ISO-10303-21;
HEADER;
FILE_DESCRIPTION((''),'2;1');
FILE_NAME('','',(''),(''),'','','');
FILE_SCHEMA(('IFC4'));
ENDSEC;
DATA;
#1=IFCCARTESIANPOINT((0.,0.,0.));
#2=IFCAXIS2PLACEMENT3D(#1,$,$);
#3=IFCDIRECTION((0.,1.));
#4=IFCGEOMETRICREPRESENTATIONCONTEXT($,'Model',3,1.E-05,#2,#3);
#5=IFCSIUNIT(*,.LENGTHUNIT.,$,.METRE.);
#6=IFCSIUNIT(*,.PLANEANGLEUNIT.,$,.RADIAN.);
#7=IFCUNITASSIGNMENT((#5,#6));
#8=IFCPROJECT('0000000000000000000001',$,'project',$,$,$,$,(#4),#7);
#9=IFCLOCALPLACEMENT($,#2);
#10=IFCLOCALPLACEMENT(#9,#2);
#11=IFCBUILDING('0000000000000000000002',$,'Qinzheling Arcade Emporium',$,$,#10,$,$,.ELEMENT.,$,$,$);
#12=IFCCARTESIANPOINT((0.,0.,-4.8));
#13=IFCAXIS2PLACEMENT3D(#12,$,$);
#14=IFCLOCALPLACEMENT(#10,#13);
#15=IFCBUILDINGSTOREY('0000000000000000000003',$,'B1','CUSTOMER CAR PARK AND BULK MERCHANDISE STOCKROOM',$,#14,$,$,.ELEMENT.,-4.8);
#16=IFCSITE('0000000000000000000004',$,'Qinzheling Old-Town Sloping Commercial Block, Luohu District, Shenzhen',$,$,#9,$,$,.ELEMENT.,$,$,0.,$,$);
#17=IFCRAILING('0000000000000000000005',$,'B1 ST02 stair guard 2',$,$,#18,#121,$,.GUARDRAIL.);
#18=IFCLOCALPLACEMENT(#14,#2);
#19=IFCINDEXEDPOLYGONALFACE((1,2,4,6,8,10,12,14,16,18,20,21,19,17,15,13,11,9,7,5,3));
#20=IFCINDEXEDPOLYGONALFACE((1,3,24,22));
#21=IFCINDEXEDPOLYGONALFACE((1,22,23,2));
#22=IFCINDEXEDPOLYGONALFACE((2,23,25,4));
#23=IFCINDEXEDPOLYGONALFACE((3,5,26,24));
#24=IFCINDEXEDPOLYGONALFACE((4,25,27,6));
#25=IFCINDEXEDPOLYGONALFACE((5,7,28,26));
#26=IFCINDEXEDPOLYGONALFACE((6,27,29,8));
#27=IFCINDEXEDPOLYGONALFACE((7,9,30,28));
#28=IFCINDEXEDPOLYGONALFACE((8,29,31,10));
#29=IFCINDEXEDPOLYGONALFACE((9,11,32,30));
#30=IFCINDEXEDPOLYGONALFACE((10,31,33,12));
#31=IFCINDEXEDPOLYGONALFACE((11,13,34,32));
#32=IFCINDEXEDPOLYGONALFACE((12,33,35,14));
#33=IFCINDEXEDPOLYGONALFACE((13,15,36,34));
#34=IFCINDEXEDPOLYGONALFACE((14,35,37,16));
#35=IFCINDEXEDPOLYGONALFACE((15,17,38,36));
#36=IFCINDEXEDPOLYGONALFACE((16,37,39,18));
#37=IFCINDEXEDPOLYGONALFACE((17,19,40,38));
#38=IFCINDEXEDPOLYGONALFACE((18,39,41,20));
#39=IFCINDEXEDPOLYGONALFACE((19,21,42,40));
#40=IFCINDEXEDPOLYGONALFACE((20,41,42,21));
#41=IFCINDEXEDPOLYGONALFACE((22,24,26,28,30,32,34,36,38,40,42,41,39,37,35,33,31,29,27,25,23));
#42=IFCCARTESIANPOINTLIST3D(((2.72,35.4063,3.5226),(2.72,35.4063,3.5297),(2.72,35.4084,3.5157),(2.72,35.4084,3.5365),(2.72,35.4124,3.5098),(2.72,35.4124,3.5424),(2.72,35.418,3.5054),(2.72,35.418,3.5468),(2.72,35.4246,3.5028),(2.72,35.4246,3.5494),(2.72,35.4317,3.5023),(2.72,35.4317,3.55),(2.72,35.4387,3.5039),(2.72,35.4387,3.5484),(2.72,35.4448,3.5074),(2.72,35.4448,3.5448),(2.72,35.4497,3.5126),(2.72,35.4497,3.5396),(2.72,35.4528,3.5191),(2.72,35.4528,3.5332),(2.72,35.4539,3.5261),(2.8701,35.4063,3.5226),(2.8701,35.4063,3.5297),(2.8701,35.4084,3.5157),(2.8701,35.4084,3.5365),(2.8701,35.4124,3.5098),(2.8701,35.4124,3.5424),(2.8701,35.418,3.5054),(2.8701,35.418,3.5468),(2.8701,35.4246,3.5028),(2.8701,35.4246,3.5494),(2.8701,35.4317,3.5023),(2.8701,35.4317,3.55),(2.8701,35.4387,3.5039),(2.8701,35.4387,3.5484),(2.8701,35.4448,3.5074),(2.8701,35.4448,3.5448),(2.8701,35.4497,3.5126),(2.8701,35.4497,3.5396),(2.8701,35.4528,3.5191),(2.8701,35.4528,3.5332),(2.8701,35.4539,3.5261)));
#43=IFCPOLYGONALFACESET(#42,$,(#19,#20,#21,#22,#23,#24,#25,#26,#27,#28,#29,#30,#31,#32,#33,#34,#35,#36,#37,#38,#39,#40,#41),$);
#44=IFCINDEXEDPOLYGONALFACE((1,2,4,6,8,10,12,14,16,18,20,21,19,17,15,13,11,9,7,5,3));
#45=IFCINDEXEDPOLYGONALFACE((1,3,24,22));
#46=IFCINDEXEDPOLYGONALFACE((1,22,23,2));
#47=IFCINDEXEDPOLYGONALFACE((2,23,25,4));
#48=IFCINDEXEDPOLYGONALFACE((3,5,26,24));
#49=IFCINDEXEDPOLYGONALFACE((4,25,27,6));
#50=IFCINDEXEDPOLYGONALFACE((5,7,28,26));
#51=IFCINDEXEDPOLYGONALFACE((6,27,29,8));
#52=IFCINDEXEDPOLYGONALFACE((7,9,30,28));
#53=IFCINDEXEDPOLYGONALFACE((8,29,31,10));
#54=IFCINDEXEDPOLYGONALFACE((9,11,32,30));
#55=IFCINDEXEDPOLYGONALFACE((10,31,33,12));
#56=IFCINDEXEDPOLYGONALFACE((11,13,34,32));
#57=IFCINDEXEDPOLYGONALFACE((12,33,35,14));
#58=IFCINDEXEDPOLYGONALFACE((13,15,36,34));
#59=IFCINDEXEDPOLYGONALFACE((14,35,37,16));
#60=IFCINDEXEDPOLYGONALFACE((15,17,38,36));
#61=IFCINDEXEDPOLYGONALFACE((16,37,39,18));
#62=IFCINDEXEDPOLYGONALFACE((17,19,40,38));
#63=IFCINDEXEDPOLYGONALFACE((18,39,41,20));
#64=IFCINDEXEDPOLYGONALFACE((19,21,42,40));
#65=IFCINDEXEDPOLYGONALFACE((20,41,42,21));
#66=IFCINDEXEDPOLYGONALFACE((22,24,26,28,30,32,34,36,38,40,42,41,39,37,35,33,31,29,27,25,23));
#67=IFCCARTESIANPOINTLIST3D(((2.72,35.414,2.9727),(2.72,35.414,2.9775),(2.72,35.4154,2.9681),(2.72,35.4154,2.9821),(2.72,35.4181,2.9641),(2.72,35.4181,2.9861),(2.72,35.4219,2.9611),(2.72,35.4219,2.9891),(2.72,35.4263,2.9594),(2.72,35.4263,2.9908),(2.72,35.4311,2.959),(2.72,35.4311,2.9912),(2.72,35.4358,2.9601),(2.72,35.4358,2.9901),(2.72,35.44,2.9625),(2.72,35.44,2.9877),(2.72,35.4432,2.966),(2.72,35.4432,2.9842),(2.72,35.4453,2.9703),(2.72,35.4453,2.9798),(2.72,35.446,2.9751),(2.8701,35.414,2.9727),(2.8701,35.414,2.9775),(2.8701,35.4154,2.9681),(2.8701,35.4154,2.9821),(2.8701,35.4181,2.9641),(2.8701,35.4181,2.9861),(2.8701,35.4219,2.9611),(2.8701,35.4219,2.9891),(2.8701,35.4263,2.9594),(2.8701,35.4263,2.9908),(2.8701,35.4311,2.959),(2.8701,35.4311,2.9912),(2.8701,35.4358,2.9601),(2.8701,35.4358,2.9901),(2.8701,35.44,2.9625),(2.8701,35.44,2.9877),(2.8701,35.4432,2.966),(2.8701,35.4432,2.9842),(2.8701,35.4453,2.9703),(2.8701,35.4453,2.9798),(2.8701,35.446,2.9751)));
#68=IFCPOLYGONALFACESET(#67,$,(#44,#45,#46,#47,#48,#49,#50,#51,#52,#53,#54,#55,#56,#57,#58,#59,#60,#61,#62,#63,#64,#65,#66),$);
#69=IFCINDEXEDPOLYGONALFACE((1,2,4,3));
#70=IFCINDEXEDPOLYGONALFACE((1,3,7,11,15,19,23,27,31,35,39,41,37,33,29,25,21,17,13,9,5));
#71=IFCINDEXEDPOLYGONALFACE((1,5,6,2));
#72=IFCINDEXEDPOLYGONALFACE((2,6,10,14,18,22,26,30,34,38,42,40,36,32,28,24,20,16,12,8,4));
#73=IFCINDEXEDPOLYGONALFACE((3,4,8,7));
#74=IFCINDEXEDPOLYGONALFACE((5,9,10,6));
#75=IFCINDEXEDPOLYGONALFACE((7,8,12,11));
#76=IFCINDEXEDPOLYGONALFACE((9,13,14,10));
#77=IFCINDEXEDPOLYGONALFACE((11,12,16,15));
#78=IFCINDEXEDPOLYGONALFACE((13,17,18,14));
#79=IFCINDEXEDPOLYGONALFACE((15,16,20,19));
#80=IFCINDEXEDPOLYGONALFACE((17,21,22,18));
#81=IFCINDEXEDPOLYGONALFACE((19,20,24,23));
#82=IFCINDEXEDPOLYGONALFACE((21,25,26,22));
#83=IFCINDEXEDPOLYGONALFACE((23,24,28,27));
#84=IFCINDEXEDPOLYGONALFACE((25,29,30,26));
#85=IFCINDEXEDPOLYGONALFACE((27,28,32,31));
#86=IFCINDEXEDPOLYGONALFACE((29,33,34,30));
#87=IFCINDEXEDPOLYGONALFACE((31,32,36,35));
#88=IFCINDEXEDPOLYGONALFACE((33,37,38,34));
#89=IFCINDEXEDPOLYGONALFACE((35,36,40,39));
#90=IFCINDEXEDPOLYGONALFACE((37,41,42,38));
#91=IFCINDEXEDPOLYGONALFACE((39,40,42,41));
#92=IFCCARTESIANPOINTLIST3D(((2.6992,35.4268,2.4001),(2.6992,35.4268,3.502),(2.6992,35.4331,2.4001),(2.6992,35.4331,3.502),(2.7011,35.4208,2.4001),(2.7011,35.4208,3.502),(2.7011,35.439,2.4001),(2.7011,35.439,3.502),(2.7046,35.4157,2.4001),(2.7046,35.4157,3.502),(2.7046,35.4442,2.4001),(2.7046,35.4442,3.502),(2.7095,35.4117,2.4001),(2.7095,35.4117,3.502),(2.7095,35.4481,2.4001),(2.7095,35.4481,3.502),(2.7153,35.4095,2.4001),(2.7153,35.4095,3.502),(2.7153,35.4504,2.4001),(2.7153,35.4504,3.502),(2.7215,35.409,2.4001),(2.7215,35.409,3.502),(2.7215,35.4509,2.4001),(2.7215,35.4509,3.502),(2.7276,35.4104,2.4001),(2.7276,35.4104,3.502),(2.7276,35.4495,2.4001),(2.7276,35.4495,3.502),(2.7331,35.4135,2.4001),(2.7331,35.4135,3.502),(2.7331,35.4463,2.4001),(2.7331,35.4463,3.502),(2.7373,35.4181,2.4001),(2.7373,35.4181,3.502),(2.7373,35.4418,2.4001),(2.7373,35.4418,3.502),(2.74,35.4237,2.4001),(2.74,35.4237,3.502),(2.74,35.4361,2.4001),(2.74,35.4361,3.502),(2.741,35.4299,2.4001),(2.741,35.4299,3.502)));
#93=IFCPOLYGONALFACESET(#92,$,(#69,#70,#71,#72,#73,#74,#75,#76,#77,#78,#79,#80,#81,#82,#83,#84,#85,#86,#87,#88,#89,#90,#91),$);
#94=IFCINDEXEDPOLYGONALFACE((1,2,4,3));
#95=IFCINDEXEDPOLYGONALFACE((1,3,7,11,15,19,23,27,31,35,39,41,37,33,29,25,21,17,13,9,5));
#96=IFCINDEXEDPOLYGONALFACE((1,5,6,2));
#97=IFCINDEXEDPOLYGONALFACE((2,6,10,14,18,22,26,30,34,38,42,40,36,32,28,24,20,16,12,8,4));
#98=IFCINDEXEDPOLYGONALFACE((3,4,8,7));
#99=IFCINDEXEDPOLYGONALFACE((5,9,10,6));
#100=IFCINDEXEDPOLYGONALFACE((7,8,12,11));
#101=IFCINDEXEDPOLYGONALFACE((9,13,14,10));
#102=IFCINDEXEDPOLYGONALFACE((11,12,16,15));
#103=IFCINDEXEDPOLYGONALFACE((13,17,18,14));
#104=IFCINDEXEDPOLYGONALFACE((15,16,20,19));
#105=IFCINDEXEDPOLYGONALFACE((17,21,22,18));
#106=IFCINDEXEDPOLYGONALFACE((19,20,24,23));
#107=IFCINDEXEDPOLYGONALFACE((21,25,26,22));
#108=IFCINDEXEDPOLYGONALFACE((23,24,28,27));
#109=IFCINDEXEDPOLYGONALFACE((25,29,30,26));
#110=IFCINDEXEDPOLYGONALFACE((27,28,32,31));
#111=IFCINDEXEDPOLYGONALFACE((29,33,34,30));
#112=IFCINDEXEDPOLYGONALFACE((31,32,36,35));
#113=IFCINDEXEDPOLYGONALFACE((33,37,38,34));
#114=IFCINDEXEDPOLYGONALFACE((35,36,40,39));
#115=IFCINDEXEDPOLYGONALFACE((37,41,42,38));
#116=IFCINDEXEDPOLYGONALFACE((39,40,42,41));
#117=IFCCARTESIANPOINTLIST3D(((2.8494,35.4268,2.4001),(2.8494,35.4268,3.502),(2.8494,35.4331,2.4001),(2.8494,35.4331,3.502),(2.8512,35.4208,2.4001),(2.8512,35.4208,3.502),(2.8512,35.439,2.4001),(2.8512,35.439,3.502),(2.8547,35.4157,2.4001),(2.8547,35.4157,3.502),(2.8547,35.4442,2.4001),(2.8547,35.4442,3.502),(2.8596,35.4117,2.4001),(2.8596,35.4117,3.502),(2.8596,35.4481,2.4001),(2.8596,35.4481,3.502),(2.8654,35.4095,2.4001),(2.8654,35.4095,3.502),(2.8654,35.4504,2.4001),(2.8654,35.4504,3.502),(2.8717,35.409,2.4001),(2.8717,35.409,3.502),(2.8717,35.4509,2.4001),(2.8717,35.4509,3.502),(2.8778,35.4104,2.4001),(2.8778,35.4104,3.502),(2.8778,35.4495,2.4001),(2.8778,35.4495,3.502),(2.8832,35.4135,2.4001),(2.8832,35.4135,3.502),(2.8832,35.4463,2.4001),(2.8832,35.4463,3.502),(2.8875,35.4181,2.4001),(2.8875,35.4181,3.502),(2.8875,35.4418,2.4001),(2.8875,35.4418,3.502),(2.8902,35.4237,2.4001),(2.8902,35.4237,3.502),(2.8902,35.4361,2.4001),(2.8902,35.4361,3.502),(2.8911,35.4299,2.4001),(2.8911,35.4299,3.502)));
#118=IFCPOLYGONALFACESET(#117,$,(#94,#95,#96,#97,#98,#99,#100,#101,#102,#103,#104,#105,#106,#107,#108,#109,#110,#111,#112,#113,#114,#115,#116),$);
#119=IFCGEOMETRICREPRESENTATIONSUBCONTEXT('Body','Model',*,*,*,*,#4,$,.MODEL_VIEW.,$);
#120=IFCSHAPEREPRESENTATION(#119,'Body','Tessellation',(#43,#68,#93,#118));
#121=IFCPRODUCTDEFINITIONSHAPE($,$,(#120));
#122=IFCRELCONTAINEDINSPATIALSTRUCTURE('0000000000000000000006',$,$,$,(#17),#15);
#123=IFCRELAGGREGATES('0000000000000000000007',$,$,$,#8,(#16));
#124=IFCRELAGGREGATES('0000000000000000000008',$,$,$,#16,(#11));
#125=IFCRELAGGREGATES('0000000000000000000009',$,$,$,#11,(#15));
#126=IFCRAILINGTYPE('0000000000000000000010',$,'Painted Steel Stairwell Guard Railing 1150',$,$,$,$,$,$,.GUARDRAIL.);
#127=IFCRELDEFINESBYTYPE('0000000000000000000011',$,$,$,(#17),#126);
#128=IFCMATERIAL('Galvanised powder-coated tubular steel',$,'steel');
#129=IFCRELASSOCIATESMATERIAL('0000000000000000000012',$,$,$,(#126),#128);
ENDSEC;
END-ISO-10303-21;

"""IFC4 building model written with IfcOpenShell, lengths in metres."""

from ifc_helpers import new_model, si_unit, direction, frame, origin, origin_2d, place, context, subcontext, project, spatial, circle, extrude, material, type_object, element, save


model = new_model("IFC4")

# Units and contexts
model_context = context("Model", 3, precision=1e-05, world=origin(), true_north=direction((0.0, 1.0)))
body_context = subcontext(model_context, "Body", "Model", "MODEL_VIEW")
ifc_project = project(units=[si_unit("LENGTHUNIT", "METRE"), si_unit("PLANEANGLEUNIT", "RADIAN")], contexts=[model_context])

# Site, building, storey
site_placement = place(None, origin())
site = spatial("IfcSite", under=ifc_project, at=site_placement, Name="Qinzheling Old-Town Sloping Commercial Block, Luohu District, Shenzhen", CompositionType="ELEMENT", RefElevation=0.0)
building_placement = place(site_placement, origin())
building = spatial("IfcBuilding", under=site, at=building_placement, Name="Qinzheling Arcade Emporium", CompositionType="ELEMENT")
storey_placement = place(building_placement, frame((0.0, 0.0, -4.8)))
storey = spatial("IfcBuildingStorey", under=building, at=storey_placement, Name="B1", Description="CUSTOMER CAR PARK AND BULK MERCHANDISE STOCKROOM", CompositionType="ELEMENT", Elevation=-4.8)

# Railing
ifc_material_1 = material(Name="Galvanised powder-coated tubular steel", Category="steel")
railing_type_1 = type_object("IfcRailingType", Name="Painted Steel Stairwell Guard Railing 1150", PredefinedType="GUARDRAIL", material=ifc_material_1)
railing_1_placement = place(storey_placement, frame((2.72, 35.4299, 2.4001)))
element("IfcRailing", 1, at=railing_1_placement, inside=storey, type_object=railing_type_1, Name="B1 ST02 stair guard 2", PredefinedType="GUARDRAIL", context=body_context, shape_type="SweptSolid", body=[
    extrude(circle(Radius=0.0239, at=origin_2d()), frame((0.0, 0.0, 1.126), z_axis=(1.0, 0.0, 0.0), x_axis=(0.0, 1.0, 0.0)), (0.0, 0.0, 1.0), 0.1501),
    extrude(circle(Radius=0.0161, at=origin_2d()), frame((0.0, 0.0, 0.575), z_axis=(1.0, 0.0, 0.0), x_axis=(0.0, 1.0, 0.0)), (0.0, 0.0, 1.0), 0.1501),
    extrude(circle(Radius=0.021, at=origin_2d()), origin(), (0.0, 0.0, 1.0), 1.1018),
    extrude(circle(Radius=0.021, at=origin_2d()), frame((0.1501, 0.0, 0.0)), (0.0, 0.0, 1.0), 1.1018),
])

save(model, "model.ifc")
